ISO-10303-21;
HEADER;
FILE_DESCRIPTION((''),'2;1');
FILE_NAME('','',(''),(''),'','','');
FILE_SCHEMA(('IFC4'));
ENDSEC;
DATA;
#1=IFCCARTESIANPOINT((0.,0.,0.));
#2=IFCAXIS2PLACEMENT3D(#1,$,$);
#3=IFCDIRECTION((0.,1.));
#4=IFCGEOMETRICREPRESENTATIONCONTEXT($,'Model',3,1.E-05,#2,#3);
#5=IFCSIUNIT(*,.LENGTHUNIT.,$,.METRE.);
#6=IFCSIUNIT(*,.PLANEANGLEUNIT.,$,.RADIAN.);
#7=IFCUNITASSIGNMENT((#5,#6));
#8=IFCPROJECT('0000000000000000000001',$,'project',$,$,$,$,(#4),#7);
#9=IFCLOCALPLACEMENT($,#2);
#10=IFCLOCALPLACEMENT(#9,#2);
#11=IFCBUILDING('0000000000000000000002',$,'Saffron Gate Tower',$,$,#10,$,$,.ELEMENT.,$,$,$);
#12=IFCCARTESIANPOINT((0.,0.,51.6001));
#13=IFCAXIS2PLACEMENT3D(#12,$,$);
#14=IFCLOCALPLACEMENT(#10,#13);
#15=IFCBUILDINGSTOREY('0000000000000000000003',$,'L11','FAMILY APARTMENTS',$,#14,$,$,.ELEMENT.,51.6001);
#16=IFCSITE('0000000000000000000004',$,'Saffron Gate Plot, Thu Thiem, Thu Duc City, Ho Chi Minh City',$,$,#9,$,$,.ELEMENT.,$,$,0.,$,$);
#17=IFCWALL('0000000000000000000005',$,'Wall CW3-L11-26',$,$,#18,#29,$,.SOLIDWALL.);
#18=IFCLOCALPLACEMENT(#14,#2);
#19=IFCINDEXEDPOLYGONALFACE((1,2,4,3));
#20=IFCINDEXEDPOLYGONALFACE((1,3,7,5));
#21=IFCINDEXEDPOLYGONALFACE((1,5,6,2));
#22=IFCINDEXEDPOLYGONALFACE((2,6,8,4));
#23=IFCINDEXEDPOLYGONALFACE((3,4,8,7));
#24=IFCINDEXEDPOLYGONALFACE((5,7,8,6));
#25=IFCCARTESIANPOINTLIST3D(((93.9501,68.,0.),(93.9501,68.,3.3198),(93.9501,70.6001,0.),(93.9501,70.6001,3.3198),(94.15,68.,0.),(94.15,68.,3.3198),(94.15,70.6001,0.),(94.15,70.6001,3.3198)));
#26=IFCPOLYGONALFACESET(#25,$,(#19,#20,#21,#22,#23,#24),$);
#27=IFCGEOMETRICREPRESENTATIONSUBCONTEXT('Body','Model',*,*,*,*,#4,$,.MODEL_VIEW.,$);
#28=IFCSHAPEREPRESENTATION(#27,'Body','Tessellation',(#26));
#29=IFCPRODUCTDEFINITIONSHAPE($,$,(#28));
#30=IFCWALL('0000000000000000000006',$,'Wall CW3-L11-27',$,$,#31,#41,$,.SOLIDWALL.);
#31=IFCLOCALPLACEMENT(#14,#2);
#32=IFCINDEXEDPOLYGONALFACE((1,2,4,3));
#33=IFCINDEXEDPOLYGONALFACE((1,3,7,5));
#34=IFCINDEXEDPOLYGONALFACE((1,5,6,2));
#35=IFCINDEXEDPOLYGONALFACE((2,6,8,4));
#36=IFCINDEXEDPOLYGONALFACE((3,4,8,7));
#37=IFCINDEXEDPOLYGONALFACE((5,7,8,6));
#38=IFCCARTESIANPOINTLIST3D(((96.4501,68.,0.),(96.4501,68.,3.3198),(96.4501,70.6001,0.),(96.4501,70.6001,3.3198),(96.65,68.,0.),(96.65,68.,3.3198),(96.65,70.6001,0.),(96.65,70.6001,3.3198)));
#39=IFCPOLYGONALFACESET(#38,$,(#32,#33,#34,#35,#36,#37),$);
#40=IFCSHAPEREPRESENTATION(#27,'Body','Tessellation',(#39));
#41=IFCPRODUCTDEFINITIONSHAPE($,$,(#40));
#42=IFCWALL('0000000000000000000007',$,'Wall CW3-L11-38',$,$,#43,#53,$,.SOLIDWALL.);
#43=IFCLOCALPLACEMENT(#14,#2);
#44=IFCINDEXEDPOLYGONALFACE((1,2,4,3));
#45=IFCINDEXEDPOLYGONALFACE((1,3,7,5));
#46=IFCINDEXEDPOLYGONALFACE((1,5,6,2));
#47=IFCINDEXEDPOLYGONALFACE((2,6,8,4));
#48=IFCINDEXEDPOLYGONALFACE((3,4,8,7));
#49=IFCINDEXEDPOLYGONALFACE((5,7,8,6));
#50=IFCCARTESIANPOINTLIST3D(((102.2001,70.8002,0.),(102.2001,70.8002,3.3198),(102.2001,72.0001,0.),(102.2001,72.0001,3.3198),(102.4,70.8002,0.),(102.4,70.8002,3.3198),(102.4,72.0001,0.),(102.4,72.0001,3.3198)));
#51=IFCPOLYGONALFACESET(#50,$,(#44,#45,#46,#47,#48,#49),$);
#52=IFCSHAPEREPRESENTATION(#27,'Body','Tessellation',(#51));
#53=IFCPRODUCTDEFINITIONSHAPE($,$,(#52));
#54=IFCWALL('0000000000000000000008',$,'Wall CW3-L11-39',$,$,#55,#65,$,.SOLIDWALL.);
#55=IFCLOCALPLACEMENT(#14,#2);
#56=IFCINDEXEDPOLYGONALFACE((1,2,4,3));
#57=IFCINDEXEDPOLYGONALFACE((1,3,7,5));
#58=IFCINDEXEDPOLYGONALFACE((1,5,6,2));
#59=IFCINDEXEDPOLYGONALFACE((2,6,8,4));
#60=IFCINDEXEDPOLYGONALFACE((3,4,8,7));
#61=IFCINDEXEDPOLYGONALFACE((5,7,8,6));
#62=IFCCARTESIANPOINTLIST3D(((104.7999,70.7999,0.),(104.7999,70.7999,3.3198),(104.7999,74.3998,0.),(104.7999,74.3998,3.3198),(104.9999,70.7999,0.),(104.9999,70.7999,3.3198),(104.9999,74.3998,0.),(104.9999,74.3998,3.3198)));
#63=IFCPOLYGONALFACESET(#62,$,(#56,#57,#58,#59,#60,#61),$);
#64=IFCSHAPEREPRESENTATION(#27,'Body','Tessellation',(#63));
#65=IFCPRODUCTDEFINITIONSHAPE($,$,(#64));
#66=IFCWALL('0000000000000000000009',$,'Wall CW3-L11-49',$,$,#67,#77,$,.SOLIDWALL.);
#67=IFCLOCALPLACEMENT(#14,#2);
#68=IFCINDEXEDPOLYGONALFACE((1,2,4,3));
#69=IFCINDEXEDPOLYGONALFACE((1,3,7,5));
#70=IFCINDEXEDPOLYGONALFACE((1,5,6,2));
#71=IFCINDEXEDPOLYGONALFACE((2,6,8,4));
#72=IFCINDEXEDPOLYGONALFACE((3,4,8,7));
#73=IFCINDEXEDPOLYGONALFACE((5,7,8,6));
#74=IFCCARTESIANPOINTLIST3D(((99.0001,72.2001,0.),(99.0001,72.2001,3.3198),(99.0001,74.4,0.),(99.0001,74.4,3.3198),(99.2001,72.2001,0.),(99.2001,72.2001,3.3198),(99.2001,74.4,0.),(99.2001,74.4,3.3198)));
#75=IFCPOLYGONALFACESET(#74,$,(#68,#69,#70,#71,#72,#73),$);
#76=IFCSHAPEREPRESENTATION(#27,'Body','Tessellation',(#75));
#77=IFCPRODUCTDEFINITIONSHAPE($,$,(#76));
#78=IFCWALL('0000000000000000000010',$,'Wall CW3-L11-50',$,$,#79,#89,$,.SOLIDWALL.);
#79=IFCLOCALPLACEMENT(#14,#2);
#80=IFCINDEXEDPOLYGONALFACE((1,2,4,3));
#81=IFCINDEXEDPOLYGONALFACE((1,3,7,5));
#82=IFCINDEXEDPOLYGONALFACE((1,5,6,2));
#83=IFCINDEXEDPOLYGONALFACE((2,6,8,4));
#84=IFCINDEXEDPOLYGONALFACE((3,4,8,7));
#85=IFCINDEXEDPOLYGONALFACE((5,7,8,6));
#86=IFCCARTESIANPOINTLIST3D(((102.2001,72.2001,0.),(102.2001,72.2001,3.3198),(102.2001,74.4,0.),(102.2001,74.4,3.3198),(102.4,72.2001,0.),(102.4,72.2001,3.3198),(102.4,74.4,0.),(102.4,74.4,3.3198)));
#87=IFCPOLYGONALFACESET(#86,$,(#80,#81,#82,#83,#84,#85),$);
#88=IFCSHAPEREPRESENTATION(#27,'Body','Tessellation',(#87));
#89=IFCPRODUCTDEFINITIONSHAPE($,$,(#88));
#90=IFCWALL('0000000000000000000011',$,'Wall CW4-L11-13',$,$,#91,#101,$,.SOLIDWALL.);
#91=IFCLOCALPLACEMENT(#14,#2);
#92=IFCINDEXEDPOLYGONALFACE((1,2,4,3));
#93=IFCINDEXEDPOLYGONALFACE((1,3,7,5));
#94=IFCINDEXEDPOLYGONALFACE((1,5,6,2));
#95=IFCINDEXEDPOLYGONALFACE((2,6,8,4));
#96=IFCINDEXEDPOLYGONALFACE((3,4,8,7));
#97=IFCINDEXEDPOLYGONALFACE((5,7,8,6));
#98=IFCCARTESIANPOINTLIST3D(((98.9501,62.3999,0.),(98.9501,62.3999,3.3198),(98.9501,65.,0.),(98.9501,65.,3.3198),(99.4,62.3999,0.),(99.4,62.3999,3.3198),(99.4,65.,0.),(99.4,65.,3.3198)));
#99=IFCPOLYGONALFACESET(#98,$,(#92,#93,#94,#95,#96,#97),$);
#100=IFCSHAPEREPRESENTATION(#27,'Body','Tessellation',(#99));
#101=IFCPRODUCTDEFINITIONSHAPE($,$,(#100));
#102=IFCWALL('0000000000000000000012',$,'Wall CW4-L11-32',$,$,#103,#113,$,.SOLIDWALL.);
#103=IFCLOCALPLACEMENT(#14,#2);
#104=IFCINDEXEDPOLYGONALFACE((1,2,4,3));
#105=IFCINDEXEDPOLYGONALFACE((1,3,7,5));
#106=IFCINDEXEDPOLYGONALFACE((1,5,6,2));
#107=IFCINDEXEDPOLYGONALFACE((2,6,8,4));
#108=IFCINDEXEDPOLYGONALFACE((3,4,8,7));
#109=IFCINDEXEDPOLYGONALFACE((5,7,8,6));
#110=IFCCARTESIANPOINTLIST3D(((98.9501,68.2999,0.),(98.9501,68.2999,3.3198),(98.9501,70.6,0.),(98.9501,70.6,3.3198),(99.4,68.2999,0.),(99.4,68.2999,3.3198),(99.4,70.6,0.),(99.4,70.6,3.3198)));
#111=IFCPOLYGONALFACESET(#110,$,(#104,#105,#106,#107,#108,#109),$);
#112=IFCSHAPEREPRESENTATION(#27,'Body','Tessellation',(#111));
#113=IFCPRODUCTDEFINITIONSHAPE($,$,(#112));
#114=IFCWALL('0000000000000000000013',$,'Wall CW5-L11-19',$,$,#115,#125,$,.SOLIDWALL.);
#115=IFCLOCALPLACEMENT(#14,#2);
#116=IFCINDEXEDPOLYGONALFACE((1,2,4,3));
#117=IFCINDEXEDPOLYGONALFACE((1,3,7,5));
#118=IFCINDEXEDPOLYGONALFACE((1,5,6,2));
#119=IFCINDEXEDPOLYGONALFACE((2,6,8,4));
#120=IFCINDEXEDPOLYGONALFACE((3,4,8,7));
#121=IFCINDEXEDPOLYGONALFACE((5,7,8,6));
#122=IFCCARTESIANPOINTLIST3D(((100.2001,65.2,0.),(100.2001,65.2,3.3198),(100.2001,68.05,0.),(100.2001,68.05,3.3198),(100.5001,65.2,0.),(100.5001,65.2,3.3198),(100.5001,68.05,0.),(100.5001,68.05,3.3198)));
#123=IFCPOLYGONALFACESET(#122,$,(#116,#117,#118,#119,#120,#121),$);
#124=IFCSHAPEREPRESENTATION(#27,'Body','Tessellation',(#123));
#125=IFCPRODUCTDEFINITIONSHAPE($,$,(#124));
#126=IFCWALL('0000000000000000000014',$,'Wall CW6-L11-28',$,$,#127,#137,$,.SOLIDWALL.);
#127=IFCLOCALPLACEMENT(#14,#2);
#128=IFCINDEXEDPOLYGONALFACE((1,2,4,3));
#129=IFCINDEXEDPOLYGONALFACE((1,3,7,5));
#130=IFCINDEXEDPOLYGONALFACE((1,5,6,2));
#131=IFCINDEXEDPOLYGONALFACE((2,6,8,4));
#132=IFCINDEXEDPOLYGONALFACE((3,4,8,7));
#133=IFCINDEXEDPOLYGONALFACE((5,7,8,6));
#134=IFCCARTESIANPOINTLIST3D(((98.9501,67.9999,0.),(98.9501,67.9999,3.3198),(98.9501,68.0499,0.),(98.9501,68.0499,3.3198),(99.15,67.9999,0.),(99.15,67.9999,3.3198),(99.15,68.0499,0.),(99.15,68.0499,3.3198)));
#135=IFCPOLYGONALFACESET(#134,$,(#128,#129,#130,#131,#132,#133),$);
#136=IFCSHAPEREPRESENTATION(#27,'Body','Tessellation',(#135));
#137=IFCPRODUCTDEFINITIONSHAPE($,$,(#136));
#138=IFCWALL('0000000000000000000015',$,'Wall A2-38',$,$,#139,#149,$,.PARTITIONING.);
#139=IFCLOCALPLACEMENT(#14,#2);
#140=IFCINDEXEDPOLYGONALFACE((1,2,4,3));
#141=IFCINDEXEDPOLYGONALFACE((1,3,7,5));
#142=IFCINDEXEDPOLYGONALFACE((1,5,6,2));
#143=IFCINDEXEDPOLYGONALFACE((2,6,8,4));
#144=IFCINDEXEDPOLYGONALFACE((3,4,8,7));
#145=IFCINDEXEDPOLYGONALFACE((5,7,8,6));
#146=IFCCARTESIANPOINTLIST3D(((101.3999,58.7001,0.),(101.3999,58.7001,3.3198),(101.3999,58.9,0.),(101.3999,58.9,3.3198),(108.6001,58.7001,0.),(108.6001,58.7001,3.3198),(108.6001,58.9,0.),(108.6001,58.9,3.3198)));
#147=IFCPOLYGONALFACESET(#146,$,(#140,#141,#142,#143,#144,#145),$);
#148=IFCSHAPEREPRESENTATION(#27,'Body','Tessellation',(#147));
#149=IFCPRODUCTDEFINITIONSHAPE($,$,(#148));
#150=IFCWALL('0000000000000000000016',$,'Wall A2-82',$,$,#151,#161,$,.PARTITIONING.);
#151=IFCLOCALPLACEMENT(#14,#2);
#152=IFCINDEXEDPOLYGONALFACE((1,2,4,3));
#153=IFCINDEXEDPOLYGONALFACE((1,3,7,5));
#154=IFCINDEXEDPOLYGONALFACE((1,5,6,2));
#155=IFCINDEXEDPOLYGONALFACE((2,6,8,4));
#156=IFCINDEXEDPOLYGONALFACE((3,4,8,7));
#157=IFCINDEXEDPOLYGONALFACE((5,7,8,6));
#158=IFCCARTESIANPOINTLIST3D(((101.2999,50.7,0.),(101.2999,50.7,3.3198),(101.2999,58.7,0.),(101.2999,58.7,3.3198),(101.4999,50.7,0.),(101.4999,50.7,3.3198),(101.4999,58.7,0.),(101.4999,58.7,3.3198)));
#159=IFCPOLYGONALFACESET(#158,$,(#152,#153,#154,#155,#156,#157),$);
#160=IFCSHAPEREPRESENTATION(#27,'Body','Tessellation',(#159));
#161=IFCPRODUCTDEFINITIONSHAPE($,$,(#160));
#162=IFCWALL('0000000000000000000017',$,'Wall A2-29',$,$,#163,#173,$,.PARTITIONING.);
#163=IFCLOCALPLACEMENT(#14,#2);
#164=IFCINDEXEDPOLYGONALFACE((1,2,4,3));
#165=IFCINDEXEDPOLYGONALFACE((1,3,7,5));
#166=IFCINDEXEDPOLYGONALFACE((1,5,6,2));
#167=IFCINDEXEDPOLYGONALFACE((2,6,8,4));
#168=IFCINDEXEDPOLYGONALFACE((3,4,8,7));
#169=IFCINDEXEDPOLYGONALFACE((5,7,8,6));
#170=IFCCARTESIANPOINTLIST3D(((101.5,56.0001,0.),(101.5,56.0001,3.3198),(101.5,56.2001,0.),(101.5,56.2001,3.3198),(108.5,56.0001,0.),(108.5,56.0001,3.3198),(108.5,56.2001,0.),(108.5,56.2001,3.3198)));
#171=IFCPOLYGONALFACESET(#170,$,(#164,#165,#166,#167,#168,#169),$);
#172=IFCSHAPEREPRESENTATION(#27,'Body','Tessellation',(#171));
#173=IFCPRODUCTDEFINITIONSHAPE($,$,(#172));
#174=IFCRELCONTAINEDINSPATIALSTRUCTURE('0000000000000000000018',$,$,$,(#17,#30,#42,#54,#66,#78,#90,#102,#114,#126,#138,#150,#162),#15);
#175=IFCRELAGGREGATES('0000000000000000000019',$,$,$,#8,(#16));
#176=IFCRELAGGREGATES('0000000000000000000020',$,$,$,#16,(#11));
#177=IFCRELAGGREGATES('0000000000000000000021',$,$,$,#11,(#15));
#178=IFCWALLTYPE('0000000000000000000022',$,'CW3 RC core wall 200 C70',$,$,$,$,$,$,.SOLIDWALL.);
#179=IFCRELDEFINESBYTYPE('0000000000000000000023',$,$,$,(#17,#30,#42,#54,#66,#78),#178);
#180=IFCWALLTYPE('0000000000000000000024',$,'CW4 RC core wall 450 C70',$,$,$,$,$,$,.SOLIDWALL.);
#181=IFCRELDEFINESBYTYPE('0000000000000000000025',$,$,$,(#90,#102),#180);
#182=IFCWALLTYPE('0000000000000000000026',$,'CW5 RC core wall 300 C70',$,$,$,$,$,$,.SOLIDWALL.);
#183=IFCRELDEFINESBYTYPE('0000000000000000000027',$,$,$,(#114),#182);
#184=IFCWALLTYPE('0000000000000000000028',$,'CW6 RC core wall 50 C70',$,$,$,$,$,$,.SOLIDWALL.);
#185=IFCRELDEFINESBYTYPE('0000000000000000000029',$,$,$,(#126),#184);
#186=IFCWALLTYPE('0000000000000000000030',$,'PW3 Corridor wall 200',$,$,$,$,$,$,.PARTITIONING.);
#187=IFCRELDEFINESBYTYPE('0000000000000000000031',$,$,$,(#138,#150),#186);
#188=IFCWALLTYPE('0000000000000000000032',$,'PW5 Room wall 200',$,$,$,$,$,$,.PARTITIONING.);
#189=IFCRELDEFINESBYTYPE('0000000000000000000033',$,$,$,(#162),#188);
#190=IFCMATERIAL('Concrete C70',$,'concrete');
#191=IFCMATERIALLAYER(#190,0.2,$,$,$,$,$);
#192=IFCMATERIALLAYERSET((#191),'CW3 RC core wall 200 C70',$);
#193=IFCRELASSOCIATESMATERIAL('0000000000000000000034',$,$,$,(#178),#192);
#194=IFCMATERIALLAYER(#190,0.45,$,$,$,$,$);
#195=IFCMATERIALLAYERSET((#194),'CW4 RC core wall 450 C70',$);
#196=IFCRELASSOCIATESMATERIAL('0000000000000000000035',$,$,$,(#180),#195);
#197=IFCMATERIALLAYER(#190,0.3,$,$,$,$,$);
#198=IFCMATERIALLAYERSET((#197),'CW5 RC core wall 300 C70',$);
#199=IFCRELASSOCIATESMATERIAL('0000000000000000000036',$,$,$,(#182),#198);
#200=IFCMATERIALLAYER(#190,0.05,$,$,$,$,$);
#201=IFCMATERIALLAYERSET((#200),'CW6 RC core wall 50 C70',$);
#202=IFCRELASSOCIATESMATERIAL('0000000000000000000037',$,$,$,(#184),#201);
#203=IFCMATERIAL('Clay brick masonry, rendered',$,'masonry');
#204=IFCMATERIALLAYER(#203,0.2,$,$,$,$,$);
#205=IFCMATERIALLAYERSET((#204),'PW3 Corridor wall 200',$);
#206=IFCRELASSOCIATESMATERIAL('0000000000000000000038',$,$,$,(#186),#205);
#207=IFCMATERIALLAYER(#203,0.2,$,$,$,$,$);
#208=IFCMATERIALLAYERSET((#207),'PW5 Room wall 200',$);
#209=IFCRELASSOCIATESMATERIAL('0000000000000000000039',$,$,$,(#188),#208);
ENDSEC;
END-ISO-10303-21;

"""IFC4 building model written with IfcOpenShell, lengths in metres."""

from ifc_helpers import new_model, si_unit, direction, frame, frame_2d, origin, place, context, subcontext, project, spatial, rectangle, extrude, material, layer, layer_set, type_object, element, save


model = new_model("IFC4")

# Units and contexts
model_context = context("Model", 3, precision=1e-05, world=origin(), true_north=direction((0.0, 1.0)))
body_context = subcontext(model_context, "Body", "Model", "MODEL_VIEW")
ifc_project = project(units=[si_unit("LENGTHUNIT", "METRE"), si_unit("PLANEANGLEUNIT", "RADIAN")], contexts=[model_context])

# Site, building, storey
site_placement = place(None, origin())
site = spatial("IfcSite", under=ifc_project, at=site_placement, Name="Saffron Gate Plot, Thu Thiem, Thu Duc City, Ho Chi Minh City", CompositionType="ELEMENT", RefElevation=0.0)
building_placement = place(site_placement, origin())
building = spatial("IfcBuilding", under=site, at=building_placement, Name="Saffron Gate Tower", CompositionType="ELEMENT")
storey_placement = place(building_placement, frame((0.0, 0.0, 51.6001)))
storey = spatial("IfcBuildingStorey", under=building, at=storey_placement, Name="L11", Description="FAMILY APARTMENTS", CompositionType="ELEMENT", Elevation=51.6001)

# Shared definitions
ifc_material_1 = material(Name="Concrete C70", Category="concrete")

# Walls
ifc_layer_1 = layer(ifc_material_1, 0.2)
ifc_layer_set_1 = layer_set([ifc_layer_1], Name="CW3 RC core wall 200 C70")
wall_type_1 = type_object("IfcWallType", Name="CW3 RC core wall 200 C70", PredefinedType="SOLIDWALL", material=ifc_layer_set_1)
for number, where, z_axis, x_axis, name in (
    (1, (94.05, 68.0, 0.0), (0.0, 0.0, 1.0), (0.0, 1.0, 0.0), "Wall CW3-L11-26"),
    (2, (96.55, 68.0, 0.0), (0.0, 0.0, 1.0), (0.0, 1.0, 0.0), "Wall CW3-L11-27"),
):
    element("IfcWall", number, at=place(storey_placement, frame(where, z_axis=z_axis, x_axis=x_axis)), inside=storey, type_object=wall_type_1, Name=name, PredefinedType="SOLIDWALL", context=body_context, shape_type="SweptSolid", body=[
        extrude(rectangle(XDim=2.6001, YDim=0.2, at=frame_2d((1.3, 0.0))), origin(), (0.0, 0.0, 1.0), 3.3198),
    ])
wall_1_placement = place(storey_placement, frame((102.3, 70.8, 0.0), z_axis=(0.0, 0.0, 1.0), x_axis=(0.0, 1.0, 0.0)))
element("IfcWall", 3, at=wall_1_placement, inside=storey, type_object=wall_type_1, Name="Wall CW3-L11-38", PredefinedType="SOLIDWALL", context=body_context, shape_type="SweptSolid", body=[
    extrude(rectangle(XDim=1.2, YDim=0.2, at=frame_2d((0.6001, 0.0))), origin(), (0.0, 0.0, 1.0), 3.3198),
])
wall_2_placement = place(storey_placement, frame((104.8999, 70.8, 0.0), z_axis=(0.0, 0.0, 1.0), x_axis=(0.0, 1.0, 0.0)))
element("IfcWall", 4, at=wall_2_placement, inside=storey, type_object=wall_type_1, Name="Wall CW3-L11-39", PredefinedType="SOLIDWALL", context=body_context, shape_type="SweptSolid", body=[
    extrude(rectangle(XDim=3.5999, YDim=0.2, at=frame_2d((1.7998, 0.0))), origin(), (0.0, 0.0, 1.0), 3.3198),
])
for number, where, z_axis, x_axis, name in (
    (5, (99.1001, 72.2, 0.0), (0.0, 0.0, 1.0), (0.0, 1.0, 0.0), "Wall CW3-L11-49"),
    (6, (102.3, 72.2, 0.0), (0.0, 0.0, 1.0), (0.0, 1.0, 0.0), "Wall CW3-L11-50"),
):
    element("IfcWall", number, at=place(storey_placement, frame(where, z_axis=z_axis, x_axis=x_axis)), inside=storey, type_object=wall_type_1, Name=name, PredefinedType="SOLIDWALL", context=body_context, shape_type="SweptSolid", body=[
        extrude(rectangle(XDim=2.2, YDim=0.2, at=frame_2d((1.1001, 0.0))), origin(), (0.0, 0.0, 1.0), 3.3198),
    ])
ifc_layer_2 = layer(ifc_material_1, 0.45)
ifc_layer_set_2 = layer_set([ifc_layer_2], Name="CW4 RC core wall 450 C70")
wall_type_2 = type_object("IfcWallType", Name="CW4 RC core wall 450 C70", PredefinedType="SOLIDWALL", material=ifc_layer_set_2)
wall_3_placement = place(storey_placement, frame((99.175, 62.3999, 0.0), z_axis=(0.0, 0.0, 1.0), x_axis=(0.0, 1.0, 0.0)))
element("IfcWall", 7, at=wall_3_placement, inside=storey, type_object=wall_type_2, Name="Wall CW4-L11-13", PredefinedType="SOLIDWALL", context=body_context, shape_type="SweptSolid", body=[
    extrude(rectangle(XDim=2.6001, YDim=0.45, at=frame_2d((1.3, 0.0))), origin(), (0.0, 0.0, 1.0), 3.3198),
])
wall_4_placement = place(storey_placement, frame((99.175, 68.3, 0.0), z_axis=(0.0, 0.0, 1.0), x_axis=(0.0, 1.0, 0.0)))
element("IfcWall", 8, at=wall_4_placement, inside=storey, type_object=wall_type_2, Name="Wall CW4-L11-32", PredefinedType="SOLIDWALL", context=body_context, shape_type="SweptSolid", body=[
    extrude(rectangle(XDim=2.3, YDim=0.45, at=frame_2d((1.1499, 0.0))), origin(), (0.0, 0.0, 1.0), 3.3198),
])
ifc_layer_3 = layer(ifc_material_1, 0.3)
ifc_layer_set_3 = layer_set([ifc_layer_3], Name="CW5 RC core wall 300 C70")
wall_type_3 = type_object("IfcWallType", Name="CW5 RC core wall 300 C70", PredefinedType="SOLIDWALL", material=ifc_layer_set_3)
wall_5_placement = place(storey_placement, frame((100.3501, 65.2, 0.0), z_axis=(0.0, 0.0, 1.0), x_axis=(0.0, 1.0, 0.0)))
element("IfcWall", 9, at=wall_5_placement, inside=storey, type_object=wall_type_3, Name="Wall CW5-L11-19", PredefinedType="SOLIDWALL", context=body_context, shape_type="SweptSolid", body=[
    extrude(rectangle(XDim=2.8501, YDim=0.3, at=frame_2d((1.425, 0.0))), origin(), (0.0, 0.0, 1.0), 3.3198),
])
ifc_layer_4 = layer(ifc_material_1, 0.05)
ifc_layer_set_4 = layer_set([ifc_layer_4], Name="CW6 RC core wall 50 C70")
wall_type_4 = type_object("IfcWallType", Name="CW6 RC core wall 50 C70", PredefinedType="SOLIDWALL", material=ifc_layer_set_4)
wall_6_placement = place(storey_placement, frame((98.95, 68.0249, 0.0), z_axis=(0.0, 0.0, 1.0), x_axis=(1.0, 0.0, 0.0)))
element("IfcWall", 10, at=wall_6_placement, inside=storey, type_object=wall_type_4, Name="Wall CW6-L11-28", PredefinedType="SOLIDWALL", context=body_context, shape_type="SweptSolid", body=[
    extrude(rectangle(XDim=0.2, YDim=0.05, at=frame_2d((0.1001, 0.0))), origin(), (0.0, 0.0, 1.0), 3.3198),
])
ifc_material_2 = material(Name="Clay brick masonry, rendered", Category="masonry")
ifc_layer_5 = layer(ifc_material_2, 0.2)
ifc_layer_set_5 = layer_set([ifc_layer_5], Name="PW3 Corridor wall 200")
wall_type_5 = type_object("IfcWallType", Name="PW3 Corridor wall 200", PredefinedType="PARTITIONING", material=ifc_layer_set_5)
wall_7_placement = place(storey_placement, frame((101.3999, 58.8, 0.0), z_axis=(0.0, 0.0, 1.0), x_axis=(1.0, 0.0, 0.0)))
element("IfcWall", 11, at=wall_7_placement, inside=storey, type_object=wall_type_5, Name="Wall A2-38", PredefinedType="PARTITIONING", context=body_context, shape_type="SweptSolid", body=[
    extrude(rectangle(XDim=7.2002, YDim=0.2, at=frame_2d((3.6001, 0.0))), origin(), (0.0, 0.0, 1.0), 3.3198),
])
wall_8_placement = place(storey_placement, frame((101.3999, 58.7, 0.0), z_axis=(0.0, 0.0, 1.0), x_axis=(0.0, -1.0, 0.0)))
element("IfcWall", 12, at=wall_8_placement, inside=storey, type_object=wall_type_5, Name="Wall A2-82", PredefinedType="PARTITIONING", context=body_context, shape_type="SweptSolid", body=[
    extrude(rectangle(XDim=8.0, YDim=0.2, at=frame_2d((4.0, 0.0))), origin(), (0.0, 0.0, 1.0), 3.3198),
])
ifc_layer_6 = layer(ifc_material_2, 0.2)
ifc_layer_set_6 = layer_set([ifc_layer_6], Name="PW5 Room wall 200")
wall_type_6 = type_object("IfcWallType", Name="PW5 Room wall 200", PredefinedType="PARTITIONING", material=ifc_layer_set_6)
wall_9_placement = place(storey_placement, frame((101.5, 56.1001, 0.0), z_axis=(0.0, 0.0, 1.0), x_axis=(1.0, 0.0, 0.0)))
element("IfcWall", 13, at=wall_9_placement, inside=storey, type_object=wall_type_6, Name="Wall A2-29", PredefinedType="PARTITIONING", context=body_context, shape_type="SweptSolid", body=[
    extrude(rectangle(XDim=7.0, YDim=0.2, at=frame_2d((3.5, 0.0))), origin(), (0.0, 0.0, 1.0), 3.3198),
])

save(model, "model.ifc")
